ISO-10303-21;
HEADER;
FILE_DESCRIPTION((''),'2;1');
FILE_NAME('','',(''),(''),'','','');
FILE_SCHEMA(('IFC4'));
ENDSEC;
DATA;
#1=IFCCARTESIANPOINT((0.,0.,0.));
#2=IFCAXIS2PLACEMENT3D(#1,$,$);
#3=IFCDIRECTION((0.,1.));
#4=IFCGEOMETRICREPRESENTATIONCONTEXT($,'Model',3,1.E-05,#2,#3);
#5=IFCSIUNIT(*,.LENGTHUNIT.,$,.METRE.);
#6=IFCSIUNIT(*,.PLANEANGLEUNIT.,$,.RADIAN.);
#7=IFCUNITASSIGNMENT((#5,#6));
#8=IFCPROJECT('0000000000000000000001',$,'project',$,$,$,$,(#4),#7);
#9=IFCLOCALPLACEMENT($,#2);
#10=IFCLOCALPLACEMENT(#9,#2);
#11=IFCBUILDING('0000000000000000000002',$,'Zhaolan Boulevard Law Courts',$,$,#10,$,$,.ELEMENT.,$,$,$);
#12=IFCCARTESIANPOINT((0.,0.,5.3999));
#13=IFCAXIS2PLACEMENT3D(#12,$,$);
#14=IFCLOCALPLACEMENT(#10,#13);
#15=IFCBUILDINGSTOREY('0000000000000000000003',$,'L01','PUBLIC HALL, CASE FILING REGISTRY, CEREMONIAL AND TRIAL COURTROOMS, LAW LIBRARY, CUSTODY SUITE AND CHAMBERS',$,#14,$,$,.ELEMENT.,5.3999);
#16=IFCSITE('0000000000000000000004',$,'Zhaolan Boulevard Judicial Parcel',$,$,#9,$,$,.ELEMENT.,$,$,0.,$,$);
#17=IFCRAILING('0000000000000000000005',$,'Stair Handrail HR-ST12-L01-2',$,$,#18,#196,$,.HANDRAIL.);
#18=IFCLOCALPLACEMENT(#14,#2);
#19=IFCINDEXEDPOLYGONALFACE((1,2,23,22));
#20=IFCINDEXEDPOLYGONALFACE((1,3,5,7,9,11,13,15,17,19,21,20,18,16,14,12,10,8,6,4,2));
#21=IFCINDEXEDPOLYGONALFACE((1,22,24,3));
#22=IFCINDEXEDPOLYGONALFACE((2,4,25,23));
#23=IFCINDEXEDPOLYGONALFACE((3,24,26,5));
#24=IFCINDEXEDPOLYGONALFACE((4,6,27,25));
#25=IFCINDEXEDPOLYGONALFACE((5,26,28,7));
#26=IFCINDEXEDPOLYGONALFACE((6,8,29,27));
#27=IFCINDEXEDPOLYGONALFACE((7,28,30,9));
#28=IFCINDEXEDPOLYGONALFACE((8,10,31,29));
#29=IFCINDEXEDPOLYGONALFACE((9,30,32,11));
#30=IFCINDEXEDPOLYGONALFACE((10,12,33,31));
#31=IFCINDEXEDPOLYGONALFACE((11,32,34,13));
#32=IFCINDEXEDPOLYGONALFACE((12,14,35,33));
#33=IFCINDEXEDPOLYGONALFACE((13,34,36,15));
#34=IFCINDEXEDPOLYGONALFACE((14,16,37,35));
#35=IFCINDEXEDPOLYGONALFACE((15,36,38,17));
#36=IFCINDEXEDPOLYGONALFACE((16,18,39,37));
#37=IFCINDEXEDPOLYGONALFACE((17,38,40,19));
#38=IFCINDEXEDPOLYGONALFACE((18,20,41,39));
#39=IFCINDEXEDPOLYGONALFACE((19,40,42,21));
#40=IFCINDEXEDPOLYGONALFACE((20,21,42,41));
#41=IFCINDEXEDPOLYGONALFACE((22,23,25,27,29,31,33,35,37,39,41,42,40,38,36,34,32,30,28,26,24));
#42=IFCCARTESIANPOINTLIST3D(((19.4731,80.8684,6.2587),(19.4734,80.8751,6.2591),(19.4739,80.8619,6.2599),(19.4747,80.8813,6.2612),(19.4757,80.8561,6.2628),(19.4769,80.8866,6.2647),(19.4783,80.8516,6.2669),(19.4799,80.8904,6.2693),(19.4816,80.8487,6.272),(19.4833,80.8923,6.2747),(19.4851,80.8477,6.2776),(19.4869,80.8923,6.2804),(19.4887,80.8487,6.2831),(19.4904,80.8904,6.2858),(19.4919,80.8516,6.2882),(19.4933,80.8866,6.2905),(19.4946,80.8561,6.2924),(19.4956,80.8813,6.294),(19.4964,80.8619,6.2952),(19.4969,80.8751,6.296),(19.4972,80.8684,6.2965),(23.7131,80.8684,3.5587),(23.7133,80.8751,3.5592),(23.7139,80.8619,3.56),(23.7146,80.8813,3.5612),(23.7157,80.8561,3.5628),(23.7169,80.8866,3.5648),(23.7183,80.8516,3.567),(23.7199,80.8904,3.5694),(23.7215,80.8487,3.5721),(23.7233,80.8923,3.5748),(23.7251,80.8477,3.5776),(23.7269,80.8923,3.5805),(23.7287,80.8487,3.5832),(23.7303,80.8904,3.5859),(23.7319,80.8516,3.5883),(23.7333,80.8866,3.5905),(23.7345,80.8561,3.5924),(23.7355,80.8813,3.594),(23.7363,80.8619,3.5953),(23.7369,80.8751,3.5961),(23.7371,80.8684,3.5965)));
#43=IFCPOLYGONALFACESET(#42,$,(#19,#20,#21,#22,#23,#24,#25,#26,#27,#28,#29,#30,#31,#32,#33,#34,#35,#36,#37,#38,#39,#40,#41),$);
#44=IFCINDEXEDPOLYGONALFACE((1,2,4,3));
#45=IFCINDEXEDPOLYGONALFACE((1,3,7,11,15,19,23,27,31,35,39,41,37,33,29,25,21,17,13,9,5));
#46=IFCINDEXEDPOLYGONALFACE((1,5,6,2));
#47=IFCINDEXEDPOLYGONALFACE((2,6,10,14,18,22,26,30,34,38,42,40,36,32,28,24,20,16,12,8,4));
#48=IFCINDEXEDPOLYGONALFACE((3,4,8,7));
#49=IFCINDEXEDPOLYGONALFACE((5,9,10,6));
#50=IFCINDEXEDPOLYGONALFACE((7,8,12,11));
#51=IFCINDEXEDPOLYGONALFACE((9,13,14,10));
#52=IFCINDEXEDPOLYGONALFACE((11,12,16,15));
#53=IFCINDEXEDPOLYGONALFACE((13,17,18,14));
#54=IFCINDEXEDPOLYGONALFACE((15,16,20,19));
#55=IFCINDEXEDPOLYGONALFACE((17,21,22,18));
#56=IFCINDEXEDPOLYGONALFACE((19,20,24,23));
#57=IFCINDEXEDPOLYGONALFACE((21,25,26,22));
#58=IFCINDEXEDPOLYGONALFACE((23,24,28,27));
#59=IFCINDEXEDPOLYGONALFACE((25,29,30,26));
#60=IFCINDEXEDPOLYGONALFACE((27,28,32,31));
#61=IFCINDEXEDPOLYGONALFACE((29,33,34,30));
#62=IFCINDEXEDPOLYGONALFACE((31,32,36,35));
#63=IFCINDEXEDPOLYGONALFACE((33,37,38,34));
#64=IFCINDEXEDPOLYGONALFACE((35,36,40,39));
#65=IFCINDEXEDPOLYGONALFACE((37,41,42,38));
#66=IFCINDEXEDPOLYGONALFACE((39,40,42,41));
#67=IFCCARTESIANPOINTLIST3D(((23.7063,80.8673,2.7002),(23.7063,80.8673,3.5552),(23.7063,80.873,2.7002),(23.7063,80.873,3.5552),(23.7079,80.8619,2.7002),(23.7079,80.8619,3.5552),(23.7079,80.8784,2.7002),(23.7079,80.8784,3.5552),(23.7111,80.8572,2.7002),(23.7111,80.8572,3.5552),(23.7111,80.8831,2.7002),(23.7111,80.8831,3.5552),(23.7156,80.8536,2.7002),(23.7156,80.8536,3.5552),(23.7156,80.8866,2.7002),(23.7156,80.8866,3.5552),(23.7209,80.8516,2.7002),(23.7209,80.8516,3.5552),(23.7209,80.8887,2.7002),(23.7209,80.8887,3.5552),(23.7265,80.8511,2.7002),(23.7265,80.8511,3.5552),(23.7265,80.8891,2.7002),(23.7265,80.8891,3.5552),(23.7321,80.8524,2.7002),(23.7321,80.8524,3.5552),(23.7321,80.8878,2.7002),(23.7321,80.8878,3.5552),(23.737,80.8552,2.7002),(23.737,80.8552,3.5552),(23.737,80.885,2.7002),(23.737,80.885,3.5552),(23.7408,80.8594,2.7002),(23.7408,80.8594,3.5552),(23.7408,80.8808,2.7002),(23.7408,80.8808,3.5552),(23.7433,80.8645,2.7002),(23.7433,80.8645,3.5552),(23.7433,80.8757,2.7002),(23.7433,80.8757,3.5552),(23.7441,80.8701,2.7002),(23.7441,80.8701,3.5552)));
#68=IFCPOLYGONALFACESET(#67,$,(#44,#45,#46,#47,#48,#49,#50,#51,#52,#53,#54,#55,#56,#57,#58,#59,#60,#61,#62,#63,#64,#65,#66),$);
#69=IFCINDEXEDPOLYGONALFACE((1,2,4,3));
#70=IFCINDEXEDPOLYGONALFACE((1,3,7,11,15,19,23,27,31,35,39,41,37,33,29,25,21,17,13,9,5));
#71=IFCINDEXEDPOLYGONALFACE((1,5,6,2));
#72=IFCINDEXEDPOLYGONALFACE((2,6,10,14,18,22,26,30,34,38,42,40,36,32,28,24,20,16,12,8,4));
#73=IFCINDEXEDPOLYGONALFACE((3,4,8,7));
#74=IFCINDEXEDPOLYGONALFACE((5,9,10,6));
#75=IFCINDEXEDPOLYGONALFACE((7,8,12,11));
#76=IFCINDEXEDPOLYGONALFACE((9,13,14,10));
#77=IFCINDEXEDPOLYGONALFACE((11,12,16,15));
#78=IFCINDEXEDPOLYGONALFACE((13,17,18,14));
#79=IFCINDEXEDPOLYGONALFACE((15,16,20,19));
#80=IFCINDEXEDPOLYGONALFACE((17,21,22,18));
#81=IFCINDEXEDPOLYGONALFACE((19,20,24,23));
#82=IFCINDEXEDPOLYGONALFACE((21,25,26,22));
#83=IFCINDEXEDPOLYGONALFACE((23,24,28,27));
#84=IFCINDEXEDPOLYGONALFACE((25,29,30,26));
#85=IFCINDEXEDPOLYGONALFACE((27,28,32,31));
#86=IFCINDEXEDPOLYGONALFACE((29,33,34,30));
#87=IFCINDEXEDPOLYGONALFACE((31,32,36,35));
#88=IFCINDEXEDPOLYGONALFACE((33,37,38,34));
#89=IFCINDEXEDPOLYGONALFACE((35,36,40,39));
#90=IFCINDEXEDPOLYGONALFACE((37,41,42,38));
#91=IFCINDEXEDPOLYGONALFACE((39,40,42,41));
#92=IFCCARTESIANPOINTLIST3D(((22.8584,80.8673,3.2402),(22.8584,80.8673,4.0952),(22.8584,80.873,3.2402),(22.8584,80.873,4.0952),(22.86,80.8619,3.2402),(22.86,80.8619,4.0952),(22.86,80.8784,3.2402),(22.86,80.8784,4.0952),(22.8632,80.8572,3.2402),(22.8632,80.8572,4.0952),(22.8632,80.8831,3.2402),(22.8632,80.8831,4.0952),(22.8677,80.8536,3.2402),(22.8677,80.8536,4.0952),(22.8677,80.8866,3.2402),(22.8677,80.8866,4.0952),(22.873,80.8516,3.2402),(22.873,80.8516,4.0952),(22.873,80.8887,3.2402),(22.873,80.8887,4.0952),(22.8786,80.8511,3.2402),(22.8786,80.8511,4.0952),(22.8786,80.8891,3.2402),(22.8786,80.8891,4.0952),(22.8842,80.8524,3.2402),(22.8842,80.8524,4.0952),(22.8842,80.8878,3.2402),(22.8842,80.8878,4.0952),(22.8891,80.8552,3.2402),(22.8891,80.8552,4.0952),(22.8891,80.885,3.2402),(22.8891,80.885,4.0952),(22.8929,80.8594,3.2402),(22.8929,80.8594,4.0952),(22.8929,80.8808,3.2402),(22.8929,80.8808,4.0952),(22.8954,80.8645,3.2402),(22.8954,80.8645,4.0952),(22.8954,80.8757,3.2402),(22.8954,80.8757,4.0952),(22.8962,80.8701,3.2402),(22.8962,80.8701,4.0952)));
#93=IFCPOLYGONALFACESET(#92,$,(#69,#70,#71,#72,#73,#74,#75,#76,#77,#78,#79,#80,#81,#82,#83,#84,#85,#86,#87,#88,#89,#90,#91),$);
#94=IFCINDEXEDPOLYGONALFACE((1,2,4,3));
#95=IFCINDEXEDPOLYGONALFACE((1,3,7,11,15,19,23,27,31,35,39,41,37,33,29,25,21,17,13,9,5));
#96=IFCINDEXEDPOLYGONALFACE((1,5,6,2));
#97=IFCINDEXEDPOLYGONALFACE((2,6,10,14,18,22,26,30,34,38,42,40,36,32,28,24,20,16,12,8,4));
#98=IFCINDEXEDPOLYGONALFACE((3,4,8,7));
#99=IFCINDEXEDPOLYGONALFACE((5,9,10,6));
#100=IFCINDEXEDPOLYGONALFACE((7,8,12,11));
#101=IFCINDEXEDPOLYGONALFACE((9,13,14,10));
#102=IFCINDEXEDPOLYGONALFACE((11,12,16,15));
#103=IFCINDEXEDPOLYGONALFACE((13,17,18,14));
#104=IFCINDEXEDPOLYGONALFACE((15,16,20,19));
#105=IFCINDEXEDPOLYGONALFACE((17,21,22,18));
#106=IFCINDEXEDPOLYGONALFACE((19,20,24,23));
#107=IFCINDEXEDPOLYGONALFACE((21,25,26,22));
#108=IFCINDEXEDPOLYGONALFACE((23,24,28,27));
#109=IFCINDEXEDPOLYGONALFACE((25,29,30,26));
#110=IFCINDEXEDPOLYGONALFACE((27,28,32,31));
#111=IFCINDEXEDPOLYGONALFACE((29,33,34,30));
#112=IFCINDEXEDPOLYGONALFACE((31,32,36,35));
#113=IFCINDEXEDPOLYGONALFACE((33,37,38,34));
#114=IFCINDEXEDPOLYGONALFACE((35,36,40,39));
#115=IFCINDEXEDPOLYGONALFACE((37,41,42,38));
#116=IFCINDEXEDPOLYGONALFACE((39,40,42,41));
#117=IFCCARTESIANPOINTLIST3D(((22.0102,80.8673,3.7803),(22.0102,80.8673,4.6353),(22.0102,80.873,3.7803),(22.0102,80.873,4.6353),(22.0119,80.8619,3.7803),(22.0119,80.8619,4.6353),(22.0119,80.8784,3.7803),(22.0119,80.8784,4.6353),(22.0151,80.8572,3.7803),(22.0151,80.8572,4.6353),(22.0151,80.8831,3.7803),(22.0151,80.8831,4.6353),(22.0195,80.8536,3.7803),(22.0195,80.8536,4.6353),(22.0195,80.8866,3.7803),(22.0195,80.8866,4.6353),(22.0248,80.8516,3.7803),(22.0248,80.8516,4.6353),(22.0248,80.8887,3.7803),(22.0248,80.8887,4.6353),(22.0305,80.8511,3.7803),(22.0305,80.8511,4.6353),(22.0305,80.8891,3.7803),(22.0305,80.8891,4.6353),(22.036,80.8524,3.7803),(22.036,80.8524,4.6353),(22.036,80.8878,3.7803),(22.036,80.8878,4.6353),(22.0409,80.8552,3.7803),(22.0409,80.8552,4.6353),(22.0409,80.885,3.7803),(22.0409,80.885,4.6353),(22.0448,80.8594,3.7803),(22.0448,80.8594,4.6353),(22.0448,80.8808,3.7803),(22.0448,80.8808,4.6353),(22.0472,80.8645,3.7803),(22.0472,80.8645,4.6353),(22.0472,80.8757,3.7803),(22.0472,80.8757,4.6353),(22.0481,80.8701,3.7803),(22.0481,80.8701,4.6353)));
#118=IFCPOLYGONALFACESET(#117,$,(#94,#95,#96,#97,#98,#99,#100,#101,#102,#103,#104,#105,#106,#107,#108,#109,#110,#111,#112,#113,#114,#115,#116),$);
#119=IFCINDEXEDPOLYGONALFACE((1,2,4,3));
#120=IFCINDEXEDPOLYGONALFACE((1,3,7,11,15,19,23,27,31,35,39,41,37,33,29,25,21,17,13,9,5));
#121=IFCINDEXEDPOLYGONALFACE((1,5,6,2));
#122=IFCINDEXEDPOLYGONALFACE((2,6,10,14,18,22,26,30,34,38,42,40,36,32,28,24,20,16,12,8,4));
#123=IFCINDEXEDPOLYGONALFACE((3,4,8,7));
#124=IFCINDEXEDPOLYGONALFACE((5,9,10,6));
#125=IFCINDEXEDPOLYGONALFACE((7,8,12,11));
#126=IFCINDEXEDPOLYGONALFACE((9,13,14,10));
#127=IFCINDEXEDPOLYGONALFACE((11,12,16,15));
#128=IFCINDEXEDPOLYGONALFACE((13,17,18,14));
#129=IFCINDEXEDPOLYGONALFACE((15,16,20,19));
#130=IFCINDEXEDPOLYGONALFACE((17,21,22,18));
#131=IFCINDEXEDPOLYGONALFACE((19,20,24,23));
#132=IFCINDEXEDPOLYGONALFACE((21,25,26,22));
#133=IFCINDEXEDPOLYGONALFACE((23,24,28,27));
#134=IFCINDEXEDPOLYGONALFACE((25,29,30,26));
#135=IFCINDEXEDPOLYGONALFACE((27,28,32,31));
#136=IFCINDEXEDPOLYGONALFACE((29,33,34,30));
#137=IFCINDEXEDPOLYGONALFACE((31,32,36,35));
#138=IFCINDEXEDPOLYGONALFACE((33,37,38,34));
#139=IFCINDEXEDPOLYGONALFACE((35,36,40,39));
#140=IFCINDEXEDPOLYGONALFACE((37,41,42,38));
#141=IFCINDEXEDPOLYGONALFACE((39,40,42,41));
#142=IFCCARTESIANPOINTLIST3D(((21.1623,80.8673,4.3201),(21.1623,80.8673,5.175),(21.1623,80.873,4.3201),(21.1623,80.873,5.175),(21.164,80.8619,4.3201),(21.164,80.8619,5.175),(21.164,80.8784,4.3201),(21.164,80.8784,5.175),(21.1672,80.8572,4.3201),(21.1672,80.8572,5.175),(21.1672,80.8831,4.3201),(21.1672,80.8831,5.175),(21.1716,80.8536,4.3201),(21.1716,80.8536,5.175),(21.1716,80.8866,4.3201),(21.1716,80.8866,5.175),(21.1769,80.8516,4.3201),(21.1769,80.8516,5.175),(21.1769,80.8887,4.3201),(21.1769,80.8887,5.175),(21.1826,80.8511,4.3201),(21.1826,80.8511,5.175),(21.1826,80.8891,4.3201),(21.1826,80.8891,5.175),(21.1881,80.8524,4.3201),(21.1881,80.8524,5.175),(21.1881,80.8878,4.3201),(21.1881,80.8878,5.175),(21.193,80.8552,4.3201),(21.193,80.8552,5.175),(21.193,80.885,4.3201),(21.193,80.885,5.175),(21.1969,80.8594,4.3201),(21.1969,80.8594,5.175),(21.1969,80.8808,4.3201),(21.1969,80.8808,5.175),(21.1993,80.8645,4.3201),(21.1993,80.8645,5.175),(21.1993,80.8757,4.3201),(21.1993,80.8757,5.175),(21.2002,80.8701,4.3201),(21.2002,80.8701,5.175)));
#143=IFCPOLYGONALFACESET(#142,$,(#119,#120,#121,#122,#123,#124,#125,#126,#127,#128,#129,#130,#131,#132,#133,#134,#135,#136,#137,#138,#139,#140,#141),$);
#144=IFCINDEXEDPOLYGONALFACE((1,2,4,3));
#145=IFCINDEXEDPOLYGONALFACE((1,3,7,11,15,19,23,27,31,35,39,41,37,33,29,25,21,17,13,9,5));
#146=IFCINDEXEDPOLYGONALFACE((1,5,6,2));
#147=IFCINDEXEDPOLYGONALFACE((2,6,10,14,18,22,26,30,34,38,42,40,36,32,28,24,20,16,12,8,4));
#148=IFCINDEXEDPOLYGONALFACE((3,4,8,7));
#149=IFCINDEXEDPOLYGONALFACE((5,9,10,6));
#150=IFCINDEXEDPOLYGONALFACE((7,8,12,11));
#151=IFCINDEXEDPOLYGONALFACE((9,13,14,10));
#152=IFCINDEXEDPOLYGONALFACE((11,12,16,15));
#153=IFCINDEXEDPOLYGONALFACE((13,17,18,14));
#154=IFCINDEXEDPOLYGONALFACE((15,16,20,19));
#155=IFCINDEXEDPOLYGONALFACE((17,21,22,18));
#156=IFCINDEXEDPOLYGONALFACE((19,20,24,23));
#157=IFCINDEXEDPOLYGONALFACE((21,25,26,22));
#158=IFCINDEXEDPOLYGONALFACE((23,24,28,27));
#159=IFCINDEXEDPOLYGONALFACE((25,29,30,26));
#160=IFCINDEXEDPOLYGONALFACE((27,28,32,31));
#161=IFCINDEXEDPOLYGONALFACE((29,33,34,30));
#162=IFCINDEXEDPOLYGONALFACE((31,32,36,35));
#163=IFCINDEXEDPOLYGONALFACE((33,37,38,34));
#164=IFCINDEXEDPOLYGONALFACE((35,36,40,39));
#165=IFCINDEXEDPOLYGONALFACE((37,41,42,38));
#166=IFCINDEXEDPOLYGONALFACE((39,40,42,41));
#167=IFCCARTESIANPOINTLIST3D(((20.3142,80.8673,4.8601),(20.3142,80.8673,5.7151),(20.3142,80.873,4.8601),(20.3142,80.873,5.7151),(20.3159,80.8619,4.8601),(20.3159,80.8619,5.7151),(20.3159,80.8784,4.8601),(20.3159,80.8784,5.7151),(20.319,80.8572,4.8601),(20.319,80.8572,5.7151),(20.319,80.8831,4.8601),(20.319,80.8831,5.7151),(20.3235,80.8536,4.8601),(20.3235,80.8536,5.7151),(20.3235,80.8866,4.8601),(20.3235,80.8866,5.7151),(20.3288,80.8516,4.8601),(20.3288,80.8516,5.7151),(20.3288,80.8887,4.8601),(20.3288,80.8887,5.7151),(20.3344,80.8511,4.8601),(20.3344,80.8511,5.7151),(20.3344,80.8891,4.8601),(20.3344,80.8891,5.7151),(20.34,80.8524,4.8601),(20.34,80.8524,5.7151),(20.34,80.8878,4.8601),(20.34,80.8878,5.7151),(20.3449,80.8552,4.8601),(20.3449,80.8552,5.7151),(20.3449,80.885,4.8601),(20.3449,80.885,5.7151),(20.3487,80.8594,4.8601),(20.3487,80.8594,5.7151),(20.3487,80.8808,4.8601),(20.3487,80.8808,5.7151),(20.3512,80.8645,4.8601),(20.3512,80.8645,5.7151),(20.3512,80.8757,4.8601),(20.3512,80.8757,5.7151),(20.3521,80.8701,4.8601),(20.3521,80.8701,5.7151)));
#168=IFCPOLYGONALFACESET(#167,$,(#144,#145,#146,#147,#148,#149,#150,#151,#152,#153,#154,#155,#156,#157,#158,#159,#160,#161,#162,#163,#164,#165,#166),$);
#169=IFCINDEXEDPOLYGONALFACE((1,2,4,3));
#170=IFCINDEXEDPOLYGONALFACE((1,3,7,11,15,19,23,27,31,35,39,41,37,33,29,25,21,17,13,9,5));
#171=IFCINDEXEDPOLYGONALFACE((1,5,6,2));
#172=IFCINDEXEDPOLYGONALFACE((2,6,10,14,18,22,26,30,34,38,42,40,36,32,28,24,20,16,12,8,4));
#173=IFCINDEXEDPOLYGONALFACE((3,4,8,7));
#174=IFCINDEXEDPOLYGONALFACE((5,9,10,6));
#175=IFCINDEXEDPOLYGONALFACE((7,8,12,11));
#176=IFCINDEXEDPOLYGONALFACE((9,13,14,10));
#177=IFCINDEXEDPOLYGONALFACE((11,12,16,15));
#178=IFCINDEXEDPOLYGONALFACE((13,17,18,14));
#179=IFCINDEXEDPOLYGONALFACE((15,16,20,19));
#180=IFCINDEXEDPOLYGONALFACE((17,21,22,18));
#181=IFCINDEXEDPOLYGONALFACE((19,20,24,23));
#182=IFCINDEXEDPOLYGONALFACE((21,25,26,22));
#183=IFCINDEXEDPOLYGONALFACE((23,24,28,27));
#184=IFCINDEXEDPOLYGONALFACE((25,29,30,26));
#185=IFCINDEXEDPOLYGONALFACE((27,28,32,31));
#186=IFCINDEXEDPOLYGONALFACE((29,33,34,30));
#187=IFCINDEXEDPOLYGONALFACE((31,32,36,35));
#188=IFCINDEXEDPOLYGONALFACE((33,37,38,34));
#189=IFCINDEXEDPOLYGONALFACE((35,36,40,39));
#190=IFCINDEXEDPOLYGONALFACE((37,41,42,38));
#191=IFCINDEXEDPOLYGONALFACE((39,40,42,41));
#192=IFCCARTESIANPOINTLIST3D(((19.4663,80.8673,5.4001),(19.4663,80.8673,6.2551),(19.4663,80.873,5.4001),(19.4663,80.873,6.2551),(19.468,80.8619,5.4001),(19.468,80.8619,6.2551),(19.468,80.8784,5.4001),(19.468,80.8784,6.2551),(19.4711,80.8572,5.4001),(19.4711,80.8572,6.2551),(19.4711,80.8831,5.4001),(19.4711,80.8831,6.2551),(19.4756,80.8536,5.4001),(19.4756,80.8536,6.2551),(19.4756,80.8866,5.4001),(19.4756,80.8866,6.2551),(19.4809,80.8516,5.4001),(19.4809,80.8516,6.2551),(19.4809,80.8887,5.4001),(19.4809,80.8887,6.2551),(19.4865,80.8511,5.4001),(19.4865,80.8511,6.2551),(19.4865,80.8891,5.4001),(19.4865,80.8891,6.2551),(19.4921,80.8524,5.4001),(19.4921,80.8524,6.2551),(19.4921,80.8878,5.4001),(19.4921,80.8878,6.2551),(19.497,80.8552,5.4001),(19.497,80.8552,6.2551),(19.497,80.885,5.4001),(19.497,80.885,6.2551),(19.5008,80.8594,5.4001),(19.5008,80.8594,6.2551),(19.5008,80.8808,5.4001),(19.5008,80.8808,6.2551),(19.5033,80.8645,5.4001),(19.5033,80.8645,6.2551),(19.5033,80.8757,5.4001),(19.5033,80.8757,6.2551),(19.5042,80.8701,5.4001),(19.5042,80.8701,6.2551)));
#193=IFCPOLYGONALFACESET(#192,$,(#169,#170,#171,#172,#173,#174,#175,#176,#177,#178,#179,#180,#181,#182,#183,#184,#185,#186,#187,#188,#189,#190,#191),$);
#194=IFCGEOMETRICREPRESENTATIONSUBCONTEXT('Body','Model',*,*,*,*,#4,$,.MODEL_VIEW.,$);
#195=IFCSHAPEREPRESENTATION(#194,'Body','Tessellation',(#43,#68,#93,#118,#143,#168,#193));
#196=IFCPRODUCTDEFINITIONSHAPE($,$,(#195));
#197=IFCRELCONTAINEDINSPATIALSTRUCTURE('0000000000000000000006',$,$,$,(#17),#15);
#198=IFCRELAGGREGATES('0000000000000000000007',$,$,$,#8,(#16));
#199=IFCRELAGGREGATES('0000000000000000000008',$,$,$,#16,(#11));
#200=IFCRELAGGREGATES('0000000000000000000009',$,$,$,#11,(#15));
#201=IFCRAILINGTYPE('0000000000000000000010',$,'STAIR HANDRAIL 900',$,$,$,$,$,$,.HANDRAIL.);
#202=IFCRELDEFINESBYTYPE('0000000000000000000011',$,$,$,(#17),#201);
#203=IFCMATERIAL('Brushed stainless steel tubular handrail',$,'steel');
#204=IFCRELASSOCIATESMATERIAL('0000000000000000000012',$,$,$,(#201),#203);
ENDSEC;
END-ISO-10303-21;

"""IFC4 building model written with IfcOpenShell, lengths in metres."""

from ifc_helpers import new_model, si_unit, direction, frame, origin, origin_2d, place, context, subcontext, project, spatial, circle, extrude, material, type_object, element, save


model = new_model("IFC4")

# Units and contexts
model_context = context("Model", 3, precision=1e-05, world=origin(), true_north=direction((0.0, 1.0)))
body_context = subcontext(model_context, "Body", "Model", "MODEL_VIEW")
ifc_project = project(units=[si_unit("LENGTHUNIT", "METRE"), si_unit("PLANEANGLEUNIT", "RADIAN")], contexts=[model_context])

# Site, building, storey
site_placement = place(None, origin())
site = spatial("IfcSite", under=ifc_project, at=site_placement, Name="Zhaolan Boulevard Judicial Parcel", CompositionType="ELEMENT", RefElevation=0.0)
building_placement = place(site_placement, origin())
building = spatial("IfcBuilding", under=site, at=building_placement, Name="Zhaolan Boulevard Law Courts", CompositionType="ELEMENT")
storey_placement = place(building_placement, frame((0.0, 0.0, 5.3999)))
storey = spatial("IfcBuildingStorey", under=building, at=storey_placement, Name="L01", Description="PUBLIC HALL, CASE FILING REGISTRY, CEREMONIAL AND TRIAL COURTROOMS, LAW LIBRARY, CUSTODY SUITE AND CHAMBERS", CompositionType="ELEMENT", Elevation=5.3999)

# Railing
ifc_material_1 = material(Name="Brushed stainless steel tubular handrail", Category="steel")
railing_type_1 = type_object("IfcRailingType", Name="STAIR HANDRAIL 900", PredefinedType="HANDRAIL", material=ifc_material_1)
railing_1_placement = place(storey_placement, frame((23.7251, 80.8701, 2.7002)))
element("IfcRailing", 1, at=railing_1_placement, inside=storey, type_object=railing_type_1, Name="Stair Handrail HR-ST12-L01-2", PredefinedType="HANDRAIL", context=body_context, shape_type="SweptSolid", body=[
    extrude(circle(Radius=0.0225, at=origin_2d()), frame((0.0, 0.0, 0.8774), z_axis=(-0.843501, 0.0, 0.537127), x_axis=(0.0, -1.0, 0.0)), (0.0, 0.0, 1.0), 5.0266),
    extrude(circle(Radius=0.019, at=origin_2d()), origin(), (0.0, 0.0, 1.0), 0.855),
    extrude(circle(Radius=0.019, at=origin_2d()), frame((-0.8479, 0.0, 0.54)), (0.0, 0.0, 1.0), 0.855),
    extrude(circle(Radius=0.019, at=origin_2d()), frame((-1.696, 0.0, 1.0801)), (0.0, 0.0, 1.0), 0.855),
    extrude(circle(Radius=0.019, at=origin_2d()), frame((-2.5439, 0.0, 1.6199)), (0.0, 0.0, 1.0), 0.855),
    extrude(circle(Radius=0.019, at=origin_2d()), frame((-3.3921, 0.0, 2.1599)), (0.0, 0.0, 1.0), 0.855),
    extrude(circle(Radius=0.019, at=origin_2d()), frame((-4.24, 0.0, 2.7)), (0.0, 0.0, 1.0), 0.855),
])

save(model, "model.ifc")
